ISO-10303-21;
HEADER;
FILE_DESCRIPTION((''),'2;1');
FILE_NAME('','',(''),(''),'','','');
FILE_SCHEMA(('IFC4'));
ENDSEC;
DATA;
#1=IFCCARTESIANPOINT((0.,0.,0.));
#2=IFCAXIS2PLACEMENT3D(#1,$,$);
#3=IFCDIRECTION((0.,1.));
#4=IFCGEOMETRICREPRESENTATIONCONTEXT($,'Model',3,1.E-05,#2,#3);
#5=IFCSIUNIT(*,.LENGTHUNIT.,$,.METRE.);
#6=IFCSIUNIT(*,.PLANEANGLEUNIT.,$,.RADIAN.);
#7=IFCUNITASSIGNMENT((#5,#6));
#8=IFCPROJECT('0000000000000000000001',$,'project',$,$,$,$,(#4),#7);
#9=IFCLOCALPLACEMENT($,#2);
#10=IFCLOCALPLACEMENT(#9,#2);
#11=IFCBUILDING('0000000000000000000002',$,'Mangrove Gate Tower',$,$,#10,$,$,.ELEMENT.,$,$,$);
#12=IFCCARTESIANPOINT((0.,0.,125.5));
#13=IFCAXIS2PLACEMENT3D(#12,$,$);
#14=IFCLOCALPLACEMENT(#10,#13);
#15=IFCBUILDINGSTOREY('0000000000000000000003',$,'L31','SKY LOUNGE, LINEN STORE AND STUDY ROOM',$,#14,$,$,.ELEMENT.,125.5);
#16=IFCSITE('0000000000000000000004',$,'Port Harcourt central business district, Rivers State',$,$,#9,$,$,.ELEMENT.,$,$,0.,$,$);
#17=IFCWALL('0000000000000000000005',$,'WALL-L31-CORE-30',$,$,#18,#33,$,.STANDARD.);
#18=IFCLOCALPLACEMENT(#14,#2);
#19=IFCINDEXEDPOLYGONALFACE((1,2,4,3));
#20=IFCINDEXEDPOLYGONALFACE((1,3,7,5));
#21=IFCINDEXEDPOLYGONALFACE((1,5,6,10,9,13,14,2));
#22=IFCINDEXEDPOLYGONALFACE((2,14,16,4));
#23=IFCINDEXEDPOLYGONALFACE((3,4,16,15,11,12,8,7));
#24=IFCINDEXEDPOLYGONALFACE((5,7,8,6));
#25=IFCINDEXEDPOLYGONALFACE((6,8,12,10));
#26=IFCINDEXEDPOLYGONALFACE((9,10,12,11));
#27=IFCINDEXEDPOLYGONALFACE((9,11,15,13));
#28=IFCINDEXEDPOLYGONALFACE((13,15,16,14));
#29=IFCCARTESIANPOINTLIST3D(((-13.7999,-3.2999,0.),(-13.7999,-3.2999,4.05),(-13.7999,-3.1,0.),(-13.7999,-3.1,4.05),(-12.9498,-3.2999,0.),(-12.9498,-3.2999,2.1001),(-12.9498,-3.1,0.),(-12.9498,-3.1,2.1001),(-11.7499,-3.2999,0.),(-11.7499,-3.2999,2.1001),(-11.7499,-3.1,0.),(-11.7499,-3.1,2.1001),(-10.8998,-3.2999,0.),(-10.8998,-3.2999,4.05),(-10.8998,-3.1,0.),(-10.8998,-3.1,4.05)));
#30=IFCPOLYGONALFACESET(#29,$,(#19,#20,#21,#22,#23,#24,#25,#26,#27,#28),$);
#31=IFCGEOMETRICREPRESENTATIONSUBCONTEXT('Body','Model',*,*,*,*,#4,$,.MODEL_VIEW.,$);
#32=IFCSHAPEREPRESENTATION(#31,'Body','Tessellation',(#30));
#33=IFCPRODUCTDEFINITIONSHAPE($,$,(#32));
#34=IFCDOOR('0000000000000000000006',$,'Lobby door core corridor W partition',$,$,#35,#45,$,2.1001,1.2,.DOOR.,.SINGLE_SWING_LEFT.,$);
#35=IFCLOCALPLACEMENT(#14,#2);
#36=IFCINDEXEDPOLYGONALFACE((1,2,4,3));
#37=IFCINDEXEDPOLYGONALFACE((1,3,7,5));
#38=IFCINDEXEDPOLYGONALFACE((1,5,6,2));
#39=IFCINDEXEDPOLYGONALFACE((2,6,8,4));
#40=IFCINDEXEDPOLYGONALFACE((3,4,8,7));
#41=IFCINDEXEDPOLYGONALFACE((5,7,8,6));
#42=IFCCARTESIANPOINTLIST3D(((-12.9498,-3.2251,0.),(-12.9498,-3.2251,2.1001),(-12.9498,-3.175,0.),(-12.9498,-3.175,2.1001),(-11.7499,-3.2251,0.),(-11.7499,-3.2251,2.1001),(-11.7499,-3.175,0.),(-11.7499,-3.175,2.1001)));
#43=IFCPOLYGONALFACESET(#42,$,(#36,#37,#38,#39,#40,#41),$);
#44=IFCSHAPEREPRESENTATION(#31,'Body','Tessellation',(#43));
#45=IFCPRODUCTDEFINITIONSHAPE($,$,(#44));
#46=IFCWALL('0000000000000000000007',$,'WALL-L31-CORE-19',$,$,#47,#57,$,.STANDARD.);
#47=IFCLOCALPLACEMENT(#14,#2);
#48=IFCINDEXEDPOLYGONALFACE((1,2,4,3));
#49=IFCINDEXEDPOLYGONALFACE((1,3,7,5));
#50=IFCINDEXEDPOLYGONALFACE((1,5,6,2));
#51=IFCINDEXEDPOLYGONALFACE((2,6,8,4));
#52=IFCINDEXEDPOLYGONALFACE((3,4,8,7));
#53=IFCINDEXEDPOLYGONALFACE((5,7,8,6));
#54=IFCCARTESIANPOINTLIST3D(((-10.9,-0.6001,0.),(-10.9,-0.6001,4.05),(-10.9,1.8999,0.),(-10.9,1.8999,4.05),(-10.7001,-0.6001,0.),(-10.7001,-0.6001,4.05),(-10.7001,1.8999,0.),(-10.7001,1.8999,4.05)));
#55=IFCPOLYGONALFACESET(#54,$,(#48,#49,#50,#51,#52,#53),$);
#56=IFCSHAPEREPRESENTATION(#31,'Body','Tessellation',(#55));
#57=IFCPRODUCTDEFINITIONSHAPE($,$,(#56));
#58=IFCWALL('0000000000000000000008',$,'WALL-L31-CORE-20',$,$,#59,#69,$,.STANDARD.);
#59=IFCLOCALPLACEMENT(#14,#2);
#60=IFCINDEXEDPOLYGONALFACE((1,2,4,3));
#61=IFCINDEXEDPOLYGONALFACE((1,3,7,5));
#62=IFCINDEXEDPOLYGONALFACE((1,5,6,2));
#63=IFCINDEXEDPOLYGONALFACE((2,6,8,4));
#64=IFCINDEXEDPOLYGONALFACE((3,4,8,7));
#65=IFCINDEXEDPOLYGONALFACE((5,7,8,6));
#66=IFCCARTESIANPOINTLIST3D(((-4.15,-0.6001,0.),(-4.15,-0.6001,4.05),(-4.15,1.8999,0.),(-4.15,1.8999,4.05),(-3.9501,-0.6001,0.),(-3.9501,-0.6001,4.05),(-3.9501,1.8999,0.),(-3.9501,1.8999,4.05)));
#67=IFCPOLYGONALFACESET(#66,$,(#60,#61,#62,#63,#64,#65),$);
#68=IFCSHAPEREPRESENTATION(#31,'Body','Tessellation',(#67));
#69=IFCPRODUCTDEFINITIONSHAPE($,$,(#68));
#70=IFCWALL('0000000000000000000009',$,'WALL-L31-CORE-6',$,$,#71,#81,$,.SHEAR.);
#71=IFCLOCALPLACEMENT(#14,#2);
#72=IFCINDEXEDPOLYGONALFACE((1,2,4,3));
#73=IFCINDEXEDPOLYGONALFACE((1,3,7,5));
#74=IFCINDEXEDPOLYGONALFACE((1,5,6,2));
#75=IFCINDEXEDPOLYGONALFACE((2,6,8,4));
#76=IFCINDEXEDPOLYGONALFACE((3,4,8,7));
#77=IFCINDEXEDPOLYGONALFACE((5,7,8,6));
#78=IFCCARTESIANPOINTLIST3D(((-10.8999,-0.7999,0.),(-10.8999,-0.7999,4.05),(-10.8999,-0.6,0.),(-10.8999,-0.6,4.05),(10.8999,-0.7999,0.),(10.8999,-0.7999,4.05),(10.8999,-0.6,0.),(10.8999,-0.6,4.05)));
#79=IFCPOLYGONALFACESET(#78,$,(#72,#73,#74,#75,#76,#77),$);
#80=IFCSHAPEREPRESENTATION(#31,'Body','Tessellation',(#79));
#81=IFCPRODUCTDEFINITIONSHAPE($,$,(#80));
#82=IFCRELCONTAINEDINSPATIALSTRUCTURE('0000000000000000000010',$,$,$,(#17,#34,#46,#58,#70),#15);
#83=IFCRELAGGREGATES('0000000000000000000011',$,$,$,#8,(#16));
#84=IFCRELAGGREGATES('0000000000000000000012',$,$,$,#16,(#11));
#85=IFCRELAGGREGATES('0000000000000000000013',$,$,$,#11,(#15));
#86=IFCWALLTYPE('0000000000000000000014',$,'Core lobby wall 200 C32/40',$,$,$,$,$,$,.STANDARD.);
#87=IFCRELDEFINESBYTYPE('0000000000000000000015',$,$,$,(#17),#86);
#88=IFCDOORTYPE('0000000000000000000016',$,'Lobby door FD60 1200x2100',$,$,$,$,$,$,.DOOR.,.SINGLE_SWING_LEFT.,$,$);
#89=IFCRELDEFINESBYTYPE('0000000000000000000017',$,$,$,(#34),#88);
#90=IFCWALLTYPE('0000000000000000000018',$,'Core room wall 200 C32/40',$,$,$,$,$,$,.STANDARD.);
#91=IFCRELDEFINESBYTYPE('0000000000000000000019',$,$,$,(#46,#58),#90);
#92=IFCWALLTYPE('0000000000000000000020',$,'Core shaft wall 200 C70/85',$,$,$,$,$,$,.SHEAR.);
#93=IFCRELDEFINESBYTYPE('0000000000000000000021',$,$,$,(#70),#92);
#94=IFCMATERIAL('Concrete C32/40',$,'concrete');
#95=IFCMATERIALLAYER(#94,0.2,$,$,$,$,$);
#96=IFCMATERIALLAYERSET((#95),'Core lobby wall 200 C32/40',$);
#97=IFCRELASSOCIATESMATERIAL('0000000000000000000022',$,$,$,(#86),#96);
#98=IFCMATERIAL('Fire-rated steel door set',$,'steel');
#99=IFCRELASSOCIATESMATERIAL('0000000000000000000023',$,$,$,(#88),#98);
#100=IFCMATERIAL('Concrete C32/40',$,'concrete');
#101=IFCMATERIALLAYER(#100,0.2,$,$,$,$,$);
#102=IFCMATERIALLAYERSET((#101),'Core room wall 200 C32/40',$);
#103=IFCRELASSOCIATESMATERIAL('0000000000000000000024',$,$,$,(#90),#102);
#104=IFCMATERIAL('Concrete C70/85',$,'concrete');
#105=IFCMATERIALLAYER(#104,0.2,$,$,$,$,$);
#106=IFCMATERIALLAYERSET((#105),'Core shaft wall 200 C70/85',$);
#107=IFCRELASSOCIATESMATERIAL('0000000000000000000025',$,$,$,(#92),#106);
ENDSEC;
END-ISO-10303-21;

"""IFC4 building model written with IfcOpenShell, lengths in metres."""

from ifc_helpers import new_model, si_unit, direction, frame, frame_2d, origin, place, context, subcontext, project, spatial, rectangle, extrude, material, layer, layer_set, type_object, element, fill, save


model = new_model("IFC4")

# Units and contexts
model_context = context("Model", 3, precision=1e-05, world=origin(), true_north=direction((0.0, 1.0)))
body_context = subcontext(model_context, "Body", "Model", "MODEL_VIEW")
ifc_project = project(units=[si_unit("LENGTHUNIT", "METRE"), si_unit("PLANEANGLEUNIT", "RADIAN")], contexts=[model_context])

# Site, building, storey
site_placement = place(None, origin())
site = spatial("IfcSite", under=ifc_project, at=site_placement, Name="Port Harcourt central business district, Rivers State", CompositionType="ELEMENT", RefElevation=0.0)
building_placement = place(site_placement, origin())
building = spatial("IfcBuilding", under=site, at=building_placement, Name="Mangrove Gate Tower", CompositionType="ELEMENT")
storey_placement = place(building_placement, frame((0.0, 0.0, 125.5)))
storey = spatial("IfcBuildingStorey", under=building, at=storey_placement, Name="L31", Description="SKY LOUNGE, LINEN STORE AND STUDY ROOM", CompositionType="ELEMENT", Elevation=125.5)

# Wall, opening, door
ifc_material_1 = material(Name="Concrete C32/40", Category="concrete")
ifc_layer_1 = layer(ifc_material_1, 0.2)
ifc_layer_set_1 = layer_set([ifc_layer_1], Name="Core lobby wall 200 C32/40")
wall_type_1 = type_object("IfcWallType", Name="Core lobby wall 200 C32/40", PredefinedType="STANDARD", material=ifc_layer_set_1)
wall_1_placement = place(storey_placement, frame((-13.8, -3.2, 0.0), z_axis=(0.0, 0.0, 1.0), x_axis=(1.0, 0.0, 0.0)))
wall_1 = element("IfcWall", 1, at=wall_1_placement, inside=storey, type_object=wall_type_1, Name="WALL-L31-CORE-30", PredefinedType="STANDARD", context=body_context, shape_type="SweptSolid", body=[
    extrude(rectangle(XDim=2.9001, YDim=0.2, at=frame_2d((1.4502, 0.0))), origin(), (0.0, 0.0, 1.0), 4.05),
])
opening_1_placement = place(wall_1_placement, frame((0.8501, 0.0, 0.0)))
opening_1 = element("IfcOpeningElement", 2, at=opening_1_placement, cuts=wall_1, PredefinedType="OPENING", context=body_context, shape_type="SweptSolid", body=[
    extrude(rectangle(XDim=1.2, YDim=2.1001, at=frame_2d((0.6001, 1.05))), frame((0.0, 0.1099, 0.0), z_axis=(0.0, -1.0, 0.0), x_axis=(1.0, 0.0, 0.0)), (0.0, 0.0, 1.0), 0.22),
])
ifc_material_2 = material(Name="Fire-rated steel door set", Category="steel")
door_type_1 = type_object("IfcDoorType", Name="Lobby door FD60 1200x2100", OperationType="SINGLE_SWING_LEFT", PredefinedType="DOOR", material=ifc_material_2)
door_1_placement = place(opening_1_placement, origin())
door_1 = element("IfcDoor", 3, at=door_1_placement, inside=storey, type_object=door_type_1, Name="Lobby door core corridor W partition", OperationType="SINGLE_SWING_LEFT", OverallHeight=2.1001, OverallWidth=1.2, PredefinedType="DOOR", context=body_context, shape_type="SweptSolid", body=[
    extrude(rectangle(XDim=1.2, YDim=2.1001, at=frame_2d((0.6001, 1.05))), frame((0.0, 0.0249, 0.0), z_axis=(0.0, -1.0, 0.0), x_axis=(1.0, 0.0, 0.0)), (0.0, 0.0, 1.0), 0.05),
])
fill(opening_1, door_1)

# Walls
ifc_material_3 = material(Name="Concrete C32/40", Category="concrete")
ifc_layer_2 = layer(ifc_material_3, 0.2)
ifc_layer_set_2 = layer_set([ifc_layer_2], Name="Core room wall 200 C32/40")
wall_type_2 = type_object("IfcWallType", Name="Core room wall 200 C32/40", PredefinedType="STANDARD", material=ifc_layer_set_2)
for number, where, z_axis, x_axis, name in (
    (4, (-10.8, -0.6001, 0.0), (0.0, 0.0, 1.0), (0.0, 1.0, 0.0), "WALL-L31-CORE-19"),
    (5, (-4.05, -0.6001, 0.0), (0.0, 0.0, 1.0), (0.0, 1.0, 0.0), "WALL-L31-CORE-20"),
):
    element("IfcWall", number, at=place(storey_placement, frame(where, z_axis=z_axis, x_axis=x_axis)), inside=storey, type_object=wall_type_2, Name=name, PredefinedType="STANDARD", context=body_context, shape_type="SweptSolid", body=[
        extrude(rectangle(XDim=2.5, YDim=0.2, at=frame_2d((1.25, 0.0))), origin(), (0.0, 0.0, 1.0), 4.05),
    ])
ifc_material_4 = material(Name="Concrete C70/85", Category="concrete")
ifc_layer_3 = layer(ifc_material_4, 0.2)
ifc_layer_set_3 = layer_set([ifc_layer_3], Name="Core shaft wall 200 C70/85")
wall_type_3 = type_object("IfcWallType", Name="Core shaft wall 200 C70/85", PredefinedType="SHEAR", material=ifc_layer_set_3)
wall_2_placement = place(storey_placement, frame((-10.8999, -0.7, 0.0), z_axis=(0.0, 0.0, 1.0), x_axis=(1.0, 0.0, 0.0)))
element("IfcWall", 6, at=wall_2_placement, inside=storey, type_object=wall_type_3, Name="WALL-L31-CORE-6", PredefinedType="SHEAR", context=body_context, shape_type="SweptSolid", body=[
    extrude(rectangle(XDim=21.7998, YDim=0.2, at=frame_2d((10.8999, 0.0))), origin(), (0.0, 0.0, 1.0), 4.05),
])

save(model, "model.ifc")
